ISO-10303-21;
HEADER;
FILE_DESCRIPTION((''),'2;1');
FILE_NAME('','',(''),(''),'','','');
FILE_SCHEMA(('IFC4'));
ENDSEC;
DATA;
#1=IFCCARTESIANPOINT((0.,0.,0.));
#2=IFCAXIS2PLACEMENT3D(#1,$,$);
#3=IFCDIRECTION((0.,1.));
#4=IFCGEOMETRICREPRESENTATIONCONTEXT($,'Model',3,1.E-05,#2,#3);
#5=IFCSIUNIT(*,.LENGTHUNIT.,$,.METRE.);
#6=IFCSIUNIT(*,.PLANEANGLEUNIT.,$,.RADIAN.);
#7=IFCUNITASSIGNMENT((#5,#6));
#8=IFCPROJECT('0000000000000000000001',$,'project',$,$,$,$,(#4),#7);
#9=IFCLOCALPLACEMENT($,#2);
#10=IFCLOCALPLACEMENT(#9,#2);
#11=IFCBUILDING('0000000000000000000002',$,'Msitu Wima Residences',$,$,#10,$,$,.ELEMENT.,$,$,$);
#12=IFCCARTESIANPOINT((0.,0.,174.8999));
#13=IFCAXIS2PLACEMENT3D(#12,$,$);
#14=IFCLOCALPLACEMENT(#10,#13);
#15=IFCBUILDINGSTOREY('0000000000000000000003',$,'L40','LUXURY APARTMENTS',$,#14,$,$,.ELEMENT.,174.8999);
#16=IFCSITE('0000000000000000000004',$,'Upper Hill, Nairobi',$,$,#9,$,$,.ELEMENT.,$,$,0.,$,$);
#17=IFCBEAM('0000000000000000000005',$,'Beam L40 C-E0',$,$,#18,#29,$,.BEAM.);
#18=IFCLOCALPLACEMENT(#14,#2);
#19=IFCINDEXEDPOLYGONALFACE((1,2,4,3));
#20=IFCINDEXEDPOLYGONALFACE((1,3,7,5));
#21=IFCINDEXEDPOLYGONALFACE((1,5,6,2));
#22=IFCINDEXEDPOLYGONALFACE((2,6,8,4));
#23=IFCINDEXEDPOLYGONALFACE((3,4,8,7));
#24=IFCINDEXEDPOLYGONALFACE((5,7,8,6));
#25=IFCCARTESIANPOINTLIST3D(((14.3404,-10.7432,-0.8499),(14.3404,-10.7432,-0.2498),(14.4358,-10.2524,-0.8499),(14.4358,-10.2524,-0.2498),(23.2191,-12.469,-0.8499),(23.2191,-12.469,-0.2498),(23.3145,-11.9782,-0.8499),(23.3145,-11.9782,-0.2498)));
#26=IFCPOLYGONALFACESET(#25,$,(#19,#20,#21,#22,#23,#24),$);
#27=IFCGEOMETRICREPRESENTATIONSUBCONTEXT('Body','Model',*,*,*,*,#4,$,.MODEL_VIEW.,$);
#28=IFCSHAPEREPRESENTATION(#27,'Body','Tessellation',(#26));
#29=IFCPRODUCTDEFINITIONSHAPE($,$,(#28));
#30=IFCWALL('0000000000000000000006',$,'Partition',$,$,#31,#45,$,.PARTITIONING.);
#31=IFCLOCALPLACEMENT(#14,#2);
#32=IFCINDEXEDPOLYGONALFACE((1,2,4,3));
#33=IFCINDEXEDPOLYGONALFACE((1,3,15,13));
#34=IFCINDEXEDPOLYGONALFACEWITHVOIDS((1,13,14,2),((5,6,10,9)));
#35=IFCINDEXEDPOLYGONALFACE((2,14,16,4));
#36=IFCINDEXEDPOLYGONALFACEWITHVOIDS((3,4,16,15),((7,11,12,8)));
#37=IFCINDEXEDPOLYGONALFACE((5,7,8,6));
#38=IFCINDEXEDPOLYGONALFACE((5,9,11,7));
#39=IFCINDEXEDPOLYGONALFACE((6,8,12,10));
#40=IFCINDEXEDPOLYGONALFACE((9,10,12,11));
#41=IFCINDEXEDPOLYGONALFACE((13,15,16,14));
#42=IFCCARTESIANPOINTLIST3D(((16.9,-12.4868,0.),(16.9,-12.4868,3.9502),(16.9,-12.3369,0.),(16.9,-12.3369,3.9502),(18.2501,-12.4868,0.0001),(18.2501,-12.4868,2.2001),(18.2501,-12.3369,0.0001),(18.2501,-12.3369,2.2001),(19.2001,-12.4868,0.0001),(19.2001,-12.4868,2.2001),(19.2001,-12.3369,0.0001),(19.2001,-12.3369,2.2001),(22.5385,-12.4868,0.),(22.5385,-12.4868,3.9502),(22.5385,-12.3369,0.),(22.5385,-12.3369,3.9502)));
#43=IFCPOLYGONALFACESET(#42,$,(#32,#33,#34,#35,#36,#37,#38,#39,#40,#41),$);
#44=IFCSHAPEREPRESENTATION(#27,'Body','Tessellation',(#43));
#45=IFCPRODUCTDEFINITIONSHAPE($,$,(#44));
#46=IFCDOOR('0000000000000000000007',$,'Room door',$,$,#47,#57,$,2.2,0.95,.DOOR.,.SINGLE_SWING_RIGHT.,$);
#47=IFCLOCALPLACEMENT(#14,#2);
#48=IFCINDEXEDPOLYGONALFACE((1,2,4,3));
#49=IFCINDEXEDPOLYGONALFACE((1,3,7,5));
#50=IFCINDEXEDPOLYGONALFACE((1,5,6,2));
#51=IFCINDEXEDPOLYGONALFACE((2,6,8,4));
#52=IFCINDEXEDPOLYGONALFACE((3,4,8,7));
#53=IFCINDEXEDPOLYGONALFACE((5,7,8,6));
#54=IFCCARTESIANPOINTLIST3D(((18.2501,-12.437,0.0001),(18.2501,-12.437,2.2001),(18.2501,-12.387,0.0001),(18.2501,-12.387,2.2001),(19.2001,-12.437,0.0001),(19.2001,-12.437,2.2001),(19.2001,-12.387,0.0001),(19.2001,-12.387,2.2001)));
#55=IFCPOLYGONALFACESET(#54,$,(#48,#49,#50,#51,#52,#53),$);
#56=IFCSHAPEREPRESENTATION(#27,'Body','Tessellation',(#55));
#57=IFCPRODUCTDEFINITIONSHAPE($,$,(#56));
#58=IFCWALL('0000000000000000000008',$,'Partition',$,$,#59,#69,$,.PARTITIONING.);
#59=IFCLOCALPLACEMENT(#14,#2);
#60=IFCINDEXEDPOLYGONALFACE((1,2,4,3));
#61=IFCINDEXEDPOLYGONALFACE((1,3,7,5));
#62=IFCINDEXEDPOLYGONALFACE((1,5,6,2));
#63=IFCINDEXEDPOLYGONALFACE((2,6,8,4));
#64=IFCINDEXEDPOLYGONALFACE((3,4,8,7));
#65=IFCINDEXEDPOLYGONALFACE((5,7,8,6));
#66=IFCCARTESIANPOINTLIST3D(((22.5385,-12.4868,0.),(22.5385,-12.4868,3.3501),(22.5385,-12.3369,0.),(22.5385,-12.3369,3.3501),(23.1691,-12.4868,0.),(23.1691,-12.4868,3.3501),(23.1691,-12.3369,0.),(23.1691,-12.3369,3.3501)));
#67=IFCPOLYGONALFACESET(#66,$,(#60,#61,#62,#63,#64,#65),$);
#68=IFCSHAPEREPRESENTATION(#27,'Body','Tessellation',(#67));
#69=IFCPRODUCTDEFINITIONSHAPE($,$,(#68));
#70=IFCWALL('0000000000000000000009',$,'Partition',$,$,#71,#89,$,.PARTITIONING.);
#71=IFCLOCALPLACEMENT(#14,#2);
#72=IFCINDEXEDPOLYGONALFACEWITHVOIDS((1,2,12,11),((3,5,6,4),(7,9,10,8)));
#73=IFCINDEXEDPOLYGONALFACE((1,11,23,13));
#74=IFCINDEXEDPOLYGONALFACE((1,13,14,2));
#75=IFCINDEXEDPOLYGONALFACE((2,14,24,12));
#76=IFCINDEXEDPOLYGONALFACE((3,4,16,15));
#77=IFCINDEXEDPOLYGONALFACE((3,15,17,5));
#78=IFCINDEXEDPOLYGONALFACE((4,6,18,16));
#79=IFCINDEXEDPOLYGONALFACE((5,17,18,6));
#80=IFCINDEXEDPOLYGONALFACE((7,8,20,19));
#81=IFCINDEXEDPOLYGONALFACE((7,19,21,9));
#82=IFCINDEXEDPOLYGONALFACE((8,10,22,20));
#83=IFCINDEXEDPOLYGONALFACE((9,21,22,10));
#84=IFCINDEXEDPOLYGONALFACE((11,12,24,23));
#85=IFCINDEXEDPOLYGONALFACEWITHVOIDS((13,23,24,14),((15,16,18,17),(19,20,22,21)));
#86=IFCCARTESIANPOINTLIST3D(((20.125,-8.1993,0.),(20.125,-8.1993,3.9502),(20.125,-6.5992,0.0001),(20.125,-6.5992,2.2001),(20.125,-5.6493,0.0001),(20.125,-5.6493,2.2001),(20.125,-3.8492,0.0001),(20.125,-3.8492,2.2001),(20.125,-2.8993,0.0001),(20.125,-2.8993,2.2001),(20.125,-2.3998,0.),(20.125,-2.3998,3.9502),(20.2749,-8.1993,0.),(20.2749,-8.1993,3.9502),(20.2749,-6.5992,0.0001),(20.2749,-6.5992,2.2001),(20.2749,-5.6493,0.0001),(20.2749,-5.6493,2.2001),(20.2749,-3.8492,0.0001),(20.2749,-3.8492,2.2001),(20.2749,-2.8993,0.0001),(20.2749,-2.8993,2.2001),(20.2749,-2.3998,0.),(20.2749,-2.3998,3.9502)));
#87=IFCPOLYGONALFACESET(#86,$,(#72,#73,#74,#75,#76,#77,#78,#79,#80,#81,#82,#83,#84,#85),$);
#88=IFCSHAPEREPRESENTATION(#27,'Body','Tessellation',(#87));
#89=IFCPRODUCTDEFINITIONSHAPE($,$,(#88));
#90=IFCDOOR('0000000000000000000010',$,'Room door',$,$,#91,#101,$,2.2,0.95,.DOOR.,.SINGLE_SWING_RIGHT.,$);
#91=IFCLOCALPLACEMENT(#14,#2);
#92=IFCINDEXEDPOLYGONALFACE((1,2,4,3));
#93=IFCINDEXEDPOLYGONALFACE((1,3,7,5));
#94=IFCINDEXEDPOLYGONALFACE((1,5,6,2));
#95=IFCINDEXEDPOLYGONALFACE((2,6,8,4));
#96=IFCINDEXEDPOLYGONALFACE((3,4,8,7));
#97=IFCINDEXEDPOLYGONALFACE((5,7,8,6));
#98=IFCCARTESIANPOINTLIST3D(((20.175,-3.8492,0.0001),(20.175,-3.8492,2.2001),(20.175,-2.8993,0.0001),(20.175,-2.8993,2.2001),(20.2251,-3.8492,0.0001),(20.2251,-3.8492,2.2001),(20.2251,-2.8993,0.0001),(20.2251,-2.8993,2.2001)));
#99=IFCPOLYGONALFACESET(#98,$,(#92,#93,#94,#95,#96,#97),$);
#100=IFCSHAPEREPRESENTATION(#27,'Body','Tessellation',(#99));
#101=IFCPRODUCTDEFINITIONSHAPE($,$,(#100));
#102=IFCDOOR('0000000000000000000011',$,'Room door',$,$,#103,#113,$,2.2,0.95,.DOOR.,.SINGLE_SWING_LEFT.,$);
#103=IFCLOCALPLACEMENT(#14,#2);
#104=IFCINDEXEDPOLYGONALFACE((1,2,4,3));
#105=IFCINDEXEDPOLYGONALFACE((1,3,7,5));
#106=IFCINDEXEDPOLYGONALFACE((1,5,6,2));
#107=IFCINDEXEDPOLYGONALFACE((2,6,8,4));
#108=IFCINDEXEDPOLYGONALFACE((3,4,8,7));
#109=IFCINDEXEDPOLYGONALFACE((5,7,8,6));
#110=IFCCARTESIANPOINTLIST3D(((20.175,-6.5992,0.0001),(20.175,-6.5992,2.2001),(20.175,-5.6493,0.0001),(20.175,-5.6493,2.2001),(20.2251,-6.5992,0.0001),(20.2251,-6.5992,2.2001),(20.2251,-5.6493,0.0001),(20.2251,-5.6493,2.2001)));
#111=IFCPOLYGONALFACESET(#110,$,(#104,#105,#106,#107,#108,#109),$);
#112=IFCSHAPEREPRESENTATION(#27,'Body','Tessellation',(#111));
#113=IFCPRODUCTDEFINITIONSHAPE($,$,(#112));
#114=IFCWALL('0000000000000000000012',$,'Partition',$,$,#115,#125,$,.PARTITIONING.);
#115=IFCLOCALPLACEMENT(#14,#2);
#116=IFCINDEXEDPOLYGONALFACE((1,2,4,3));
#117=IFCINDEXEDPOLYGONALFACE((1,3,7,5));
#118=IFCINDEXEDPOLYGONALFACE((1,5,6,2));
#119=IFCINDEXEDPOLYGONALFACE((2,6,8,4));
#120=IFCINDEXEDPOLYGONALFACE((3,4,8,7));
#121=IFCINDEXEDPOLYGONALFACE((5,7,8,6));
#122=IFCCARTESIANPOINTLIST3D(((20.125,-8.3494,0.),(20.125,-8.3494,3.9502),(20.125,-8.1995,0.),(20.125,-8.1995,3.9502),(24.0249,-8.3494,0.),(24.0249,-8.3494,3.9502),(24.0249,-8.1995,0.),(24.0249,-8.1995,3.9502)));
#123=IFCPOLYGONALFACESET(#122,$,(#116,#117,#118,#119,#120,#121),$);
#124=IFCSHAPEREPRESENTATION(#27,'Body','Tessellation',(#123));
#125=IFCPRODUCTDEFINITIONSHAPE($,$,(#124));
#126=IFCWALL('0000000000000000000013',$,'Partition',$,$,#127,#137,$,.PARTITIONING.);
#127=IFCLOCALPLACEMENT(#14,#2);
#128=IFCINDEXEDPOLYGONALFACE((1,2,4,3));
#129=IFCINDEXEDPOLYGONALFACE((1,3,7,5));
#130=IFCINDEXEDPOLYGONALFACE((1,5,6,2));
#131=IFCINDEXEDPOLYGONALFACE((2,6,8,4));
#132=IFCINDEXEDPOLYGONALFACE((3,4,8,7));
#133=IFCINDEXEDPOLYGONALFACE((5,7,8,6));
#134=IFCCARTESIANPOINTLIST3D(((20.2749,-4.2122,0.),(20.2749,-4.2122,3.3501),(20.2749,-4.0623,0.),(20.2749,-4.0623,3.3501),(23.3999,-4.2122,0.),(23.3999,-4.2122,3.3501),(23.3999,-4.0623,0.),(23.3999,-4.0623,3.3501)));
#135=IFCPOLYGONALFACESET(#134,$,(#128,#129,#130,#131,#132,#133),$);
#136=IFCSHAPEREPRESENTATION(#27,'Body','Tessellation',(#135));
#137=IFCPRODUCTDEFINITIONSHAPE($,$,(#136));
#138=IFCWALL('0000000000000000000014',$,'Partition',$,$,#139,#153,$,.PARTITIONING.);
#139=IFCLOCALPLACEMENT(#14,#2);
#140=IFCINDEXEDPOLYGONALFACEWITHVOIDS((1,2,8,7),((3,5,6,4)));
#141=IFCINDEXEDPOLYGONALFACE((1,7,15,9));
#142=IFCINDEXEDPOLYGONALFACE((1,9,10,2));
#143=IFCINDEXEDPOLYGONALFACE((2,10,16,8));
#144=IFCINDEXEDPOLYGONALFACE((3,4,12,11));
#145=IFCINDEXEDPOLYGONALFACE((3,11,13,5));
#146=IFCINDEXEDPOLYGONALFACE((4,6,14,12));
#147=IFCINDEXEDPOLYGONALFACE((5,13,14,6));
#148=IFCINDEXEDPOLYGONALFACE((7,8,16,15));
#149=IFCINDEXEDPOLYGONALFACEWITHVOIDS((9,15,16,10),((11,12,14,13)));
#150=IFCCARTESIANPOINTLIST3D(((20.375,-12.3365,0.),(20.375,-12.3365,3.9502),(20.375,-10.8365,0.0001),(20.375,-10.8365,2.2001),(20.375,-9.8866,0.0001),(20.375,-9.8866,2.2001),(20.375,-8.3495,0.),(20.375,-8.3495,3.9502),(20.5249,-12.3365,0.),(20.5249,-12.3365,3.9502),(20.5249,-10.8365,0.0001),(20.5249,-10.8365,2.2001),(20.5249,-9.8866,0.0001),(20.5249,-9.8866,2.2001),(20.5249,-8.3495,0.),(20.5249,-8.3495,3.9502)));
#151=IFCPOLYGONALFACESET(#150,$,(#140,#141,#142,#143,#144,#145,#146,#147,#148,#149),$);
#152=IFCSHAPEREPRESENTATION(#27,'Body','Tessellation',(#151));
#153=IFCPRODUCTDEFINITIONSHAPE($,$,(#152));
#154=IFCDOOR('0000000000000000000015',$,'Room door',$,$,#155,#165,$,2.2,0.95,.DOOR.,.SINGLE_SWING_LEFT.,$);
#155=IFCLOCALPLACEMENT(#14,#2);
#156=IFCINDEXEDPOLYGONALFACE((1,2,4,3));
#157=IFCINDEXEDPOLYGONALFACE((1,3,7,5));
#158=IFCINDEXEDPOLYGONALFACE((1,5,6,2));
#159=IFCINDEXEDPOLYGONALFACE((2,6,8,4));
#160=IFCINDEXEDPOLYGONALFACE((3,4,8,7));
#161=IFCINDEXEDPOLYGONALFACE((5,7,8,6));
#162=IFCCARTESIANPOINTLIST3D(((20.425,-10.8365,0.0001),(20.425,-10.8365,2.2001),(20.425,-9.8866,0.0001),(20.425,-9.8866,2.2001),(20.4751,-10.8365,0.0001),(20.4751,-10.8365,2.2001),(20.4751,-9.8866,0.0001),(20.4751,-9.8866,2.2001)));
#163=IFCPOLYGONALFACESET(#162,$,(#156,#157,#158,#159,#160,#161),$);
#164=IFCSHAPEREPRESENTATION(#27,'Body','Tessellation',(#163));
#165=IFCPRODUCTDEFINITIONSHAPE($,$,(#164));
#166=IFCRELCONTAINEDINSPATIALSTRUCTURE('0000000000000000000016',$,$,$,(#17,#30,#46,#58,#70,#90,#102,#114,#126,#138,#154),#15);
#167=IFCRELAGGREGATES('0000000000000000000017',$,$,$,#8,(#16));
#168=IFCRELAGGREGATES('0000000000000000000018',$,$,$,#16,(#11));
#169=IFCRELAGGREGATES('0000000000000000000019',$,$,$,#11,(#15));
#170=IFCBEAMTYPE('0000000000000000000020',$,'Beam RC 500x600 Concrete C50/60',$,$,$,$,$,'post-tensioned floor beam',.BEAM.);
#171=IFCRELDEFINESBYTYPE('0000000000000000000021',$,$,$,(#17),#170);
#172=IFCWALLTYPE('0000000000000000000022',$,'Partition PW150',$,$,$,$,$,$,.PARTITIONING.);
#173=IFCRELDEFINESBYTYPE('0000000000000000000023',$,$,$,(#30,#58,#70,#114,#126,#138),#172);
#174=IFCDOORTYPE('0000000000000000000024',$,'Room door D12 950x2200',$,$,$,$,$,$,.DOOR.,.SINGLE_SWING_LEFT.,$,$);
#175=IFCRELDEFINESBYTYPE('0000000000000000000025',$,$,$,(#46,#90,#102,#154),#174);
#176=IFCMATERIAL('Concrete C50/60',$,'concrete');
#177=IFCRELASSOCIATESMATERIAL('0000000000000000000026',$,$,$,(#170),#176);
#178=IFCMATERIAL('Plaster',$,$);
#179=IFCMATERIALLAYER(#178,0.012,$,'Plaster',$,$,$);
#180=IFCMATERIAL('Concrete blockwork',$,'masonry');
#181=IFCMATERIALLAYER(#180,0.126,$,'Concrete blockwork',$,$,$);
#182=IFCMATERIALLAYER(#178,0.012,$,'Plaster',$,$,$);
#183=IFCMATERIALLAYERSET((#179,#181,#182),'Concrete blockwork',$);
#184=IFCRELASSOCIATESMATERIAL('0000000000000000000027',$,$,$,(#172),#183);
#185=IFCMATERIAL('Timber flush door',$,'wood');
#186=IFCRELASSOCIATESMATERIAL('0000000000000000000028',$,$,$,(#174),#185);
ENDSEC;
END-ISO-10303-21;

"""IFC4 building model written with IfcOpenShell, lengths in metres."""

from ifc_helpers import new_model, si_unit, direction, frame, frame_2d, origin, origin_2d, place, context, subcontext, project, spatial, rectangle, extrude, material, layer, layer_set, material_profile, profile_set, type_object, element, fill, save


model = new_model("IFC4")

# Units and contexts
model_context = context("Model", 3, precision=1e-05, world=origin(), true_north=direction((0.0, 1.0)))
body_context = subcontext(model_context, "Body", "Model", "MODEL_VIEW")
ifc_project = project(units=[si_unit("LENGTHUNIT", "METRE"), si_unit("PLANEANGLEUNIT", "RADIAN")], contexts=[model_context])

# Site, building, storey
site_placement = place(None, origin())
site = spatial("IfcSite", under=ifc_project, at=site_placement, Name="Upper Hill, Nairobi", CompositionType="ELEMENT", RefElevation=0.0)
building_placement = place(site_placement, origin())
building = spatial("IfcBuilding", under=site, at=building_placement, Name="Msitu Wima Residences", CompositionType="ELEMENT")
storey_placement = place(building_placement, frame((0.0, 0.0, 174.8999)))
storey = spatial("IfcBuildingStorey", under=building, at=storey_placement, Name="L40", Description="LUXURY APARTMENTS", CompositionType="ELEMENT", Elevation=174.8999)

# Beam
ifc_material_1 = material(Name="Concrete C50/60", Category="concrete")
ifc_material_profile = material_profile(ifc_material_1, rectangle(XDim=0.5, YDim=0.6001, at=origin_2d()), Name="RC 500x600")
ifc_profile_set = profile_set([ifc_material_profile], Name="Concrete C50/60")
beam_type = type_object("IfcBeamType", Name="Beam RC 500x600 Concrete C50/60", ElementType="post-tensioned floor beam", PredefinedType="BEAM", material=ifc_profile_set)
beam_placement = place(storey_placement, frame((23.2668, -12.2236, -0.5498), z_axis=(-0.981627, 0.190808, 0.0), x_axis=(-0.190808, -0.981627, 0.0)))
element("IfcBeam", 1, at=beam_placement, inside=storey, type_object=beam_type, Name="Beam L40 C-E0", PredefinedType="BEAM", context=body_context, shape_type="SweptSolid", body=[
    extrude(rectangle(XDim=0.5, YDim=0.6001, at=origin_2d()), origin(), (0.0, 0.0, 1.0), 9.0449),
])

# Wall, opening, door
ifc_material_2 = material(Name="Plaster")
ifc_layer_1 = layer(ifc_material_2, 0.012, Name="Plaster")
ifc_material_3 = material(Name="Concrete blockwork", Category="masonry")
ifc_layer_2 = layer(ifc_material_3, 0.126, Name="Concrete blockwork")
ifc_layer_3 = layer(ifc_material_2, 0.012, Name="Plaster")
ifc_layer_set_1 = layer_set([ifc_layer_1, ifc_layer_2, ifc_layer_3], Name="Concrete blockwork")
wall_type_1 = type_object("IfcWallType", Name="Partition PW150", PredefinedType="PARTITIONING", material=ifc_layer_set_1)
wall_1_placement = place(storey_placement, frame((16.8999, -12.4119, 0.0), z_axis=(0.0, 0.0, 1.0), x_axis=(1.0, 0.0, 0.0)))
wall_1 = element("IfcWall", 2, at=wall_1_placement, inside=storey, type_object=wall_type_1, Name="Partition", PredefinedType="PARTITIONING", context=body_context, shape_type="SweptSolid", body=[
    extrude(rectangle(XDim=5.6384, YDim=0.1499, at=frame_2d((2.8193, 0.0))), origin(), (0.0, 0.0, 1.0), 3.9502),
])
opening_1_placement = place(wall_1_placement, frame((1.3501, 0.0, 0.0)))
opening_1 = element("IfcOpeningElement", 3, at=opening_1_placement, cuts=wall_1, PredefinedType="OPENING", context=body_context, shape_type="SweptSolid", body=[
    extrude(rectangle(XDim=0.95, YDim=2.2, at=frame_2d((0.4751, 1.1001))), frame((0.0, 0.085, 0.0), z_axis=(0.0, -1.0, 0.0), x_axis=(1.0, 0.0, 0.0)), (0.0, 0.0, 1.0), 0.1699),
])
ifc_material_4 = material(Name="Timber flush door", Category="wood")
door_type_1 = type_object("IfcDoorType", Name="Room door D12 950x2200", OperationType="SINGLE_SWING_LEFT", PredefinedType="DOOR", material=ifc_material_4)
door_1_placement = place(opening_1_placement, origin())
door_1 = element("IfcDoor", 4, at=door_1_placement, inside=storey, type_object=door_type_1, Name="Room door", OperationType="SINGLE_SWING_RIGHT", OverallHeight=2.2, OverallWidth=0.95, PredefinedType="DOOR", context=body_context, shape_type="SweptSolid", body=[
    extrude(rectangle(XDim=0.95, YDim=2.2, at=frame_2d((0.4751, 1.1001))), frame((0.0, 0.0249, 0.0), z_axis=(0.0, -1.0, 0.0), x_axis=(1.0, 0.0, 0.0)), (0.0, 0.0, 1.0), 0.05),
])
fill(opening_1, door_1)

# Wall
wall_2_placement = place(storey_placement, frame((22.5383, -12.4119, 0.0), z_axis=(0.0, 0.0, 1.0), x_axis=(1.0, 0.0, 0.0)))
element("IfcWall", 5, at=wall_2_placement, inside=storey, type_object=wall_type_1, Name="Partition", PredefinedType="PARTITIONING", context=body_context, shape_type="SweptSolid", body=[
    extrude(rectangle(XDim=0.6306, YDim=0.1499, at=frame_2d((0.3154, 0.0))), origin(), (0.0, 0.0, 1.0), 3.3501),
])

# Wall, openings, doors
wall_3_placement = place(storey_placement, frame((20.2, -8.1995, 0.0), z_axis=(0.0, 0.0, 1.0), x_axis=(0.0, 1.0, 0.0)))
wall_3 = element("IfcWall", 6, at=wall_3_placement, inside=storey, type_object=wall_type_1, Name="Partition", PredefinedType="PARTITIONING", context=body_context, shape_type="SweptSolid", body=[
    extrude(rectangle(XDim=5.7996, YDim=0.1499, at=frame_2d((2.8999, 0.0))), origin(), (0.0, 0.0, 1.0), 3.9502),
])
opening_2_placement = place(wall_3_placement, frame((4.3501, 0.0, 0.0)))
opening_2 = element("IfcOpeningElement", 7, at=opening_2_placement, cuts=wall_3, PredefinedType="OPENING", context=body_context, shape_type="SweptSolid", body=[
    extrude(rectangle(XDim=0.95, YDim=2.2, at=frame_2d((0.4751, 1.1001))), frame((0.0, 0.085, 0.0), z_axis=(0.0, -1.0, 0.0), x_axis=(1.0, 0.0, 0.0)), (0.0, 0.0, 1.0), 0.1699),
])
opening_3_placement = place(wall_3_placement, frame((1.6001, 0.0, 0.0)))
opening_3 = element("IfcOpeningElement", 8, at=opening_3_placement, cuts=wall_3, PredefinedType="OPENING", context=body_context, shape_type="SweptSolid", body=[
    extrude(rectangle(XDim=0.95, YDim=2.2, at=frame_2d((0.4751, 1.1001))), frame((0.0, 0.085, 0.0), z_axis=(0.0, -1.0, 0.0), x_axis=(1.0, 0.0, 0.0)), (0.0, 0.0, 1.0), 0.1699),
])
door_2_placement = place(opening_2_placement, origin())
door_2 = element("IfcDoor", 9, at=door_2_placement, inside=storey, type_object=door_type_1, Name="Room door", OperationType="SINGLE_SWING_RIGHT", OverallHeight=2.2, OverallWidth=0.95, PredefinedType="DOOR", context=body_context, shape_type="SweptSolid", body=[
    extrude(rectangle(XDim=0.95, YDim=2.2, at=frame_2d((0.4751, 1.1001))), frame((0.0, 0.0249, 0.0), z_axis=(0.0, -1.0, 0.0), x_axis=(1.0, 0.0, 0.0)), (0.0, 0.0, 1.0), 0.05),
])
fill(opening_2, door_2)
door_3_placement = place(opening_3_placement, origin())
door_3 = element("IfcDoor", 10, at=door_3_placement, inside=storey, type_object=door_type_1, Name="Room door", OperationType="SINGLE_SWING_LEFT", OverallHeight=2.2, OverallWidth=0.95, PredefinedType="DOOR", context=body_context, shape_type="SweptSolid", body=[
    extrude(rectangle(XDim=0.95, YDim=2.2, at=frame_2d((0.4751, 1.1001))), frame((0.0, 0.0249, 0.0), z_axis=(0.0, -1.0, 0.0), x_axis=(1.0, 0.0, 0.0)), (0.0, 0.0, 1.0), 0.05),
])
fill(opening_3, door_3)

# Walls
wall_4_placement = place(storey_placement, frame((20.125, -8.2744, 0.0), z_axis=(0.0, 0.0, 1.0), x_axis=(1.0, 0.0, 0.0)))
element("IfcWall", 11, at=wall_4_placement, inside=storey, type_object=wall_type_1, Name="Partition", PredefinedType="PARTITIONING", context=body_context, shape_type="SweptSolid", body=[
    extrude(rectangle(XDim=3.8999, YDim=0.1499, at=frame_2d((1.95, 0.0))), origin(), (0.0, 0.0, 1.0), 3.9502),
])
wall_5_placement = place(storey_placement, frame((20.2749, -4.1372, 0.0), z_axis=(0.0, 0.0, 1.0), x_axis=(1.0, 0.0, 0.0)))
element("IfcWall", 12, at=wall_5_placement, inside=storey, type_object=wall_type_1, Name="Partition", PredefinedType="PARTITIONING", context=body_context, shape_type="SweptSolid", body=[
    extrude(rectangle(XDim=3.125, YDim=0.1499, at=frame_2d((1.5625, 0.0))), origin(), (0.0, 0.0, 1.0), 3.3501),
])

# Wall, opening, door
wall_6_placement = place(storey_placement, frame((20.45, -12.3367, 0.0), z_axis=(0.0, 0.0, 1.0), x_axis=(0.0, 1.0, 0.0)))
wall_6 = element("IfcWall", 13, at=wall_6_placement, inside=storey, type_object=wall_type_1, Name="Partition", PredefinedType="PARTITIONING", context=body_context, shape_type="SweptSolid", body=[
    extrude(rectangle(XDim=3.9871, YDim=0.1499, at=frame_2d((1.9937, 0.0))), origin(), (0.0, 0.0, 1.0), 3.9502),
])
opening_4_placement = place(wall_6_placement, frame((1.5, 0.0, 0.0)))
opening_4 = element("IfcOpeningElement", 14, at=opening_4_placement, cuts=wall_6, PredefinedType="OPENING", context=body_context, shape_type="SweptSolid", body=[
    extrude(rectangle(XDim=0.95, YDim=2.2, at=frame_2d((0.4751, 1.1001))), frame((0.0, 0.085, 0.0), z_axis=(0.0, -1.0, 0.0), x_axis=(1.0, 0.0, 0.0)), (0.0, 0.0, 1.0), 0.1699),
])
door_4_placement = place(opening_4_placement, origin())
door_4 = element("IfcDoor", 15, at=door_4_placement, inside=storey, type_object=door_type_1, Name="Room door", OperationType="SINGLE_SWING_LEFT", OverallHeight=2.2, OverallWidth=0.95, PredefinedType="DOOR", context=body_context, shape_type="SweptSolid", body=[
    extrude(rectangle(XDim=0.95, YDim=2.2, at=frame_2d((0.4751, 1.1001))), frame((0.0, 0.0249, 0.0), z_axis=(0.0, -1.0, 0.0), x_axis=(1.0, 0.0, 0.0)), (0.0, 0.0, 1.0), 0.05),
])
fill(opening_4, door_4)

save(model, "model.ifc")
